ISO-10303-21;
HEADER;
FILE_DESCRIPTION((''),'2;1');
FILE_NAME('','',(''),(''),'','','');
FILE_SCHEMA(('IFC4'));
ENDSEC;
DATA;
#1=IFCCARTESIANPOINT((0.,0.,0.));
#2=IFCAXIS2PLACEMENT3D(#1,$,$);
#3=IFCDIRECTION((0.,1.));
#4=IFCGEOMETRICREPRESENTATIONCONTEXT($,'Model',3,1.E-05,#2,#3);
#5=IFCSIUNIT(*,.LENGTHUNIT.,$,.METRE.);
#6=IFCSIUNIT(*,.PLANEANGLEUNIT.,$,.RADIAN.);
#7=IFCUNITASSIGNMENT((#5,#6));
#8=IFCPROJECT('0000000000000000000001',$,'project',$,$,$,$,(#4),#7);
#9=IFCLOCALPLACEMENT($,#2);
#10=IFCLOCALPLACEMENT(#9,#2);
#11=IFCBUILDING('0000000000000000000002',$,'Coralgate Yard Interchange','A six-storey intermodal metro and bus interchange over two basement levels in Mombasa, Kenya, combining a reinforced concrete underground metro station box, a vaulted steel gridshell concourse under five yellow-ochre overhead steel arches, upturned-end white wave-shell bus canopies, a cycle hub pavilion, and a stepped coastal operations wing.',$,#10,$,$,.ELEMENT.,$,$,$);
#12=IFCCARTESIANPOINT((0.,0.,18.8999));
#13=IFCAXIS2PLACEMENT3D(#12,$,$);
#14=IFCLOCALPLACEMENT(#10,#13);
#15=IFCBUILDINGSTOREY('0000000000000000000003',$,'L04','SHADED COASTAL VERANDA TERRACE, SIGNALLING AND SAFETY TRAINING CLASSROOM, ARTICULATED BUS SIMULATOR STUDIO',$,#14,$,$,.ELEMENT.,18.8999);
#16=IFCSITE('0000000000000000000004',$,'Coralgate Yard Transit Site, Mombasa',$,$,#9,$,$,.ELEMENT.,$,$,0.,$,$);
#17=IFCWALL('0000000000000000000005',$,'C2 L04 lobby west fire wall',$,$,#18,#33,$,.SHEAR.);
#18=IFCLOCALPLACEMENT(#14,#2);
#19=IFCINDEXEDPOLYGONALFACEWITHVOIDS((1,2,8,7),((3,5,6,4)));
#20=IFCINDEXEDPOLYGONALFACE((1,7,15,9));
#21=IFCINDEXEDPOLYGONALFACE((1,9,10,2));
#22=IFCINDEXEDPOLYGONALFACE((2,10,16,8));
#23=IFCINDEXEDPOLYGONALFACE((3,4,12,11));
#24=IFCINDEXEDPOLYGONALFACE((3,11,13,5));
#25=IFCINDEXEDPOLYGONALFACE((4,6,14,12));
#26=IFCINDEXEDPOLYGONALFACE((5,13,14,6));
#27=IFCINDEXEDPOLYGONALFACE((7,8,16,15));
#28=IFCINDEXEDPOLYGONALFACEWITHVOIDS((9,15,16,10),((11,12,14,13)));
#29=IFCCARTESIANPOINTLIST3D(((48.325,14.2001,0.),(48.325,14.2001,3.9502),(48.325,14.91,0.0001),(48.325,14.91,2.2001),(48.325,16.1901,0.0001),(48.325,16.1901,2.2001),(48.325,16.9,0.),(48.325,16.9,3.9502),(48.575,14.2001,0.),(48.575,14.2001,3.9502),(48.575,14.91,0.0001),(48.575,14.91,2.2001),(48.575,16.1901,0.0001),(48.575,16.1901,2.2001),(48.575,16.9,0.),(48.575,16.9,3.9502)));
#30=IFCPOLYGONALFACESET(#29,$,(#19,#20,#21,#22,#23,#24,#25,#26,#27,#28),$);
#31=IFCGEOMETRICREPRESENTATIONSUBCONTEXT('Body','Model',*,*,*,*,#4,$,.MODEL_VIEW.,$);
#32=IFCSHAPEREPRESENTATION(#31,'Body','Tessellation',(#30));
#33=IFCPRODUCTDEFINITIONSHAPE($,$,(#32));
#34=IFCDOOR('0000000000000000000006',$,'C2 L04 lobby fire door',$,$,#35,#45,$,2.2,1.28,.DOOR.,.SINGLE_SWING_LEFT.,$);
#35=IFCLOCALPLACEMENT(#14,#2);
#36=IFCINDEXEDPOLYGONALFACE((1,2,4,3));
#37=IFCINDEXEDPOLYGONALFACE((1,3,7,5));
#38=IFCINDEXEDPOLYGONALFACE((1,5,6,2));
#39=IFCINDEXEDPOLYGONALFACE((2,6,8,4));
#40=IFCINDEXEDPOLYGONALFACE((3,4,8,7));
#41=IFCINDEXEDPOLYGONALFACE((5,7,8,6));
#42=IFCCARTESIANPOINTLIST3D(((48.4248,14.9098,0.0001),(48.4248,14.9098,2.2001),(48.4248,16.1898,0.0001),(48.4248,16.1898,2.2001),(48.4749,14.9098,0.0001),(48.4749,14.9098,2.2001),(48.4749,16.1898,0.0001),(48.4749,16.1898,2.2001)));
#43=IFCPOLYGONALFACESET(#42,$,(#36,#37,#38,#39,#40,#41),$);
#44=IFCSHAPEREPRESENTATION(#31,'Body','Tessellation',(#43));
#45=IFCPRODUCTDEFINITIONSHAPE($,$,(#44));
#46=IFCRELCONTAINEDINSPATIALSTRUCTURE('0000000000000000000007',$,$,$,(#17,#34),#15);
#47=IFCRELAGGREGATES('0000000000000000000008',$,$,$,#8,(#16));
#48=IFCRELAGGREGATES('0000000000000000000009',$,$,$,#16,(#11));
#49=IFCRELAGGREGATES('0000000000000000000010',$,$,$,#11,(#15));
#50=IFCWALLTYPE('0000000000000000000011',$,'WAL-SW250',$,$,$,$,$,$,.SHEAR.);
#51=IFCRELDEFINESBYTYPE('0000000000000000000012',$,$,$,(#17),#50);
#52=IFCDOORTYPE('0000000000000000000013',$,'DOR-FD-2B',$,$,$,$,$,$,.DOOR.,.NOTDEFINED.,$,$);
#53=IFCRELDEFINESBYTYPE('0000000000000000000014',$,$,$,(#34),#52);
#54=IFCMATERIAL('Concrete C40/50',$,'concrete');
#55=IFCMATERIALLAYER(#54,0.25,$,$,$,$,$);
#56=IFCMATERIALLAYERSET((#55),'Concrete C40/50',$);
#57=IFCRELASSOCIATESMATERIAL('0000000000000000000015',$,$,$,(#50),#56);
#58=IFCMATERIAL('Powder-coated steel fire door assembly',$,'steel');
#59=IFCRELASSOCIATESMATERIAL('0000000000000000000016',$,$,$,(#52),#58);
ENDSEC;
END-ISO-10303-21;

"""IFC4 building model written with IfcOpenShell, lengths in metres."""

from ifc_helpers import new_model, si_unit, direction, frame, frame_2d, origin, place, context, subcontext, project, spatial, rectangle, extrude, material, layer, layer_set, type_object, element, fill, save


model = new_model("IFC4")

# Units and contexts
model_context = context("Model", 3, precision=1e-05, world=origin(), true_north=direction((0.0, 1.0)))
body_context = subcontext(model_context, "Body", "Model", "MODEL_VIEW")
ifc_project = project(units=[si_unit("LENGTHUNIT", "METRE"), si_unit("PLANEANGLEUNIT", "RADIAN")], contexts=[model_context])

# Site, building, storey
site_placement = place(None, origin())
site = spatial("IfcSite", under=ifc_project, at=site_placement, Name="Coralgate Yard Transit Site, Mombasa", CompositionType="ELEMENT", RefElevation=0.0)
building_placement = place(site_placement, origin())
building = spatial("IfcBuilding", under=site, at=building_placement, Name="Coralgate Yard Interchange", Description="A six-storey intermodal metro and bus interchange over two basement levels in Mombasa, Kenya, combining a reinforced concrete underground metro station box, a vaulted steel gridshell concourse under five yellow-ochre overhead steel arches, upturned-end white wave-shell bus canopies, a cycle hub pavilion, and a stepped coastal operations wing.", CompositionType="ELEMENT")
storey_placement = place(building_placement, frame((0.0, 0.0, 18.8999)))
storey = spatial("IfcBuildingStorey", under=building, at=storey_placement, Name="L04", Description="SHADED COASTAL VERANDA TERRACE, SIGNALLING AND SAFETY TRAINING CLASSROOM, ARTICULATED BUS SIMULATOR STUDIO", CompositionType="ELEMENT", Elevation=18.8999)

# Shared definitions
ifc_material_1 = material(Name="Concrete C40/50", Category="concrete")
ifc_material_2 = material(Name="Powder-coated steel fire door assembly", Category="steel")

# Shared definitions
ifc_layer_1 = layer(ifc_material_1, 0.25)
ifc_layer_set_1 = layer_set([ifc_layer_1], Name="Concrete C40/50")
wall_type_1 = type_object("IfcWallType", Name="WAL-SW250", PredefinedType="SHEAR", material=ifc_layer_set_1)

# Wall, opening, door
wall_1_placement = place(storey_placement, frame((48.45, 14.2, 0.0), z_axis=(0.0, 0.0, 1.0), x_axis=(0.0, 1.0, 0.0)))
wall_1 = element("IfcWall", 1, at=wall_1_placement, inside=storey, type_object=wall_type_1, Name="C2 L04 lobby west fire wall", PredefinedType="SHEAR", context=body_context, shape_type="SweptSolid", body=[
    extrude(rectangle(XDim=2.7, YDim=0.25, at=frame_2d((1.3501, 0.0))), origin(), (0.0, 0.0, 1.0), 3.9502),
])
opening_1_placement = place(wall_1_placement, frame((0.71, 0.0, 0.0)))
opening_1 = element("IfcOpeningElement", 2, at=opening_1_placement, cuts=wall_1, PredefinedType="OPENING", context=body_context, shape_type="SweptSolid", body=[
    extrude(rectangle(XDim=1.28, YDim=2.2, at=frame_2d((0.6401, 1.1001))), frame((0.0, 0.135, 0.0), z_axis=(0.0, -1.0, 0.0), x_axis=(1.0, 0.0, 0.0)), (0.0, 0.0, 1.0), 0.27),
])
door_type_1 = type_object("IfcDoorType", Name="DOR-FD-2B", OperationType="NOTDEFINED", PredefinedType="DOOR", material=ifc_material_2)
door_1_placement = place(opening_1_placement, frame((1.28, 0.0, 0.0), z_axis=(0.0, 0.0, 1.0), x_axis=(-1.0, 0.0, 0.0)))
door_1 = element("IfcDoor", 3, at=door_1_placement, inside=storey, type_object=door_type_1, Name="C2 L04 lobby fire door", OperationType="SINGLE_SWING_LEFT", OverallHeight=2.2, OverallWidth=1.28, PredefinedType="DOOR", context=body_context, shape_type="SweptSolid", body=[
    extrude(rectangle(XDim=1.28, YDim=2.2, at=frame_2d((0.6401, 1.1001))), frame((0.0, 0.0249, 0.0), z_axis=(0.0, -1.0, 0.0), x_axis=(1.0, 0.0, 0.0)), (0.0, 0.0, 1.0), 0.05),
])
fill(opening_1, door_1)

save(model, "model.ifc")
